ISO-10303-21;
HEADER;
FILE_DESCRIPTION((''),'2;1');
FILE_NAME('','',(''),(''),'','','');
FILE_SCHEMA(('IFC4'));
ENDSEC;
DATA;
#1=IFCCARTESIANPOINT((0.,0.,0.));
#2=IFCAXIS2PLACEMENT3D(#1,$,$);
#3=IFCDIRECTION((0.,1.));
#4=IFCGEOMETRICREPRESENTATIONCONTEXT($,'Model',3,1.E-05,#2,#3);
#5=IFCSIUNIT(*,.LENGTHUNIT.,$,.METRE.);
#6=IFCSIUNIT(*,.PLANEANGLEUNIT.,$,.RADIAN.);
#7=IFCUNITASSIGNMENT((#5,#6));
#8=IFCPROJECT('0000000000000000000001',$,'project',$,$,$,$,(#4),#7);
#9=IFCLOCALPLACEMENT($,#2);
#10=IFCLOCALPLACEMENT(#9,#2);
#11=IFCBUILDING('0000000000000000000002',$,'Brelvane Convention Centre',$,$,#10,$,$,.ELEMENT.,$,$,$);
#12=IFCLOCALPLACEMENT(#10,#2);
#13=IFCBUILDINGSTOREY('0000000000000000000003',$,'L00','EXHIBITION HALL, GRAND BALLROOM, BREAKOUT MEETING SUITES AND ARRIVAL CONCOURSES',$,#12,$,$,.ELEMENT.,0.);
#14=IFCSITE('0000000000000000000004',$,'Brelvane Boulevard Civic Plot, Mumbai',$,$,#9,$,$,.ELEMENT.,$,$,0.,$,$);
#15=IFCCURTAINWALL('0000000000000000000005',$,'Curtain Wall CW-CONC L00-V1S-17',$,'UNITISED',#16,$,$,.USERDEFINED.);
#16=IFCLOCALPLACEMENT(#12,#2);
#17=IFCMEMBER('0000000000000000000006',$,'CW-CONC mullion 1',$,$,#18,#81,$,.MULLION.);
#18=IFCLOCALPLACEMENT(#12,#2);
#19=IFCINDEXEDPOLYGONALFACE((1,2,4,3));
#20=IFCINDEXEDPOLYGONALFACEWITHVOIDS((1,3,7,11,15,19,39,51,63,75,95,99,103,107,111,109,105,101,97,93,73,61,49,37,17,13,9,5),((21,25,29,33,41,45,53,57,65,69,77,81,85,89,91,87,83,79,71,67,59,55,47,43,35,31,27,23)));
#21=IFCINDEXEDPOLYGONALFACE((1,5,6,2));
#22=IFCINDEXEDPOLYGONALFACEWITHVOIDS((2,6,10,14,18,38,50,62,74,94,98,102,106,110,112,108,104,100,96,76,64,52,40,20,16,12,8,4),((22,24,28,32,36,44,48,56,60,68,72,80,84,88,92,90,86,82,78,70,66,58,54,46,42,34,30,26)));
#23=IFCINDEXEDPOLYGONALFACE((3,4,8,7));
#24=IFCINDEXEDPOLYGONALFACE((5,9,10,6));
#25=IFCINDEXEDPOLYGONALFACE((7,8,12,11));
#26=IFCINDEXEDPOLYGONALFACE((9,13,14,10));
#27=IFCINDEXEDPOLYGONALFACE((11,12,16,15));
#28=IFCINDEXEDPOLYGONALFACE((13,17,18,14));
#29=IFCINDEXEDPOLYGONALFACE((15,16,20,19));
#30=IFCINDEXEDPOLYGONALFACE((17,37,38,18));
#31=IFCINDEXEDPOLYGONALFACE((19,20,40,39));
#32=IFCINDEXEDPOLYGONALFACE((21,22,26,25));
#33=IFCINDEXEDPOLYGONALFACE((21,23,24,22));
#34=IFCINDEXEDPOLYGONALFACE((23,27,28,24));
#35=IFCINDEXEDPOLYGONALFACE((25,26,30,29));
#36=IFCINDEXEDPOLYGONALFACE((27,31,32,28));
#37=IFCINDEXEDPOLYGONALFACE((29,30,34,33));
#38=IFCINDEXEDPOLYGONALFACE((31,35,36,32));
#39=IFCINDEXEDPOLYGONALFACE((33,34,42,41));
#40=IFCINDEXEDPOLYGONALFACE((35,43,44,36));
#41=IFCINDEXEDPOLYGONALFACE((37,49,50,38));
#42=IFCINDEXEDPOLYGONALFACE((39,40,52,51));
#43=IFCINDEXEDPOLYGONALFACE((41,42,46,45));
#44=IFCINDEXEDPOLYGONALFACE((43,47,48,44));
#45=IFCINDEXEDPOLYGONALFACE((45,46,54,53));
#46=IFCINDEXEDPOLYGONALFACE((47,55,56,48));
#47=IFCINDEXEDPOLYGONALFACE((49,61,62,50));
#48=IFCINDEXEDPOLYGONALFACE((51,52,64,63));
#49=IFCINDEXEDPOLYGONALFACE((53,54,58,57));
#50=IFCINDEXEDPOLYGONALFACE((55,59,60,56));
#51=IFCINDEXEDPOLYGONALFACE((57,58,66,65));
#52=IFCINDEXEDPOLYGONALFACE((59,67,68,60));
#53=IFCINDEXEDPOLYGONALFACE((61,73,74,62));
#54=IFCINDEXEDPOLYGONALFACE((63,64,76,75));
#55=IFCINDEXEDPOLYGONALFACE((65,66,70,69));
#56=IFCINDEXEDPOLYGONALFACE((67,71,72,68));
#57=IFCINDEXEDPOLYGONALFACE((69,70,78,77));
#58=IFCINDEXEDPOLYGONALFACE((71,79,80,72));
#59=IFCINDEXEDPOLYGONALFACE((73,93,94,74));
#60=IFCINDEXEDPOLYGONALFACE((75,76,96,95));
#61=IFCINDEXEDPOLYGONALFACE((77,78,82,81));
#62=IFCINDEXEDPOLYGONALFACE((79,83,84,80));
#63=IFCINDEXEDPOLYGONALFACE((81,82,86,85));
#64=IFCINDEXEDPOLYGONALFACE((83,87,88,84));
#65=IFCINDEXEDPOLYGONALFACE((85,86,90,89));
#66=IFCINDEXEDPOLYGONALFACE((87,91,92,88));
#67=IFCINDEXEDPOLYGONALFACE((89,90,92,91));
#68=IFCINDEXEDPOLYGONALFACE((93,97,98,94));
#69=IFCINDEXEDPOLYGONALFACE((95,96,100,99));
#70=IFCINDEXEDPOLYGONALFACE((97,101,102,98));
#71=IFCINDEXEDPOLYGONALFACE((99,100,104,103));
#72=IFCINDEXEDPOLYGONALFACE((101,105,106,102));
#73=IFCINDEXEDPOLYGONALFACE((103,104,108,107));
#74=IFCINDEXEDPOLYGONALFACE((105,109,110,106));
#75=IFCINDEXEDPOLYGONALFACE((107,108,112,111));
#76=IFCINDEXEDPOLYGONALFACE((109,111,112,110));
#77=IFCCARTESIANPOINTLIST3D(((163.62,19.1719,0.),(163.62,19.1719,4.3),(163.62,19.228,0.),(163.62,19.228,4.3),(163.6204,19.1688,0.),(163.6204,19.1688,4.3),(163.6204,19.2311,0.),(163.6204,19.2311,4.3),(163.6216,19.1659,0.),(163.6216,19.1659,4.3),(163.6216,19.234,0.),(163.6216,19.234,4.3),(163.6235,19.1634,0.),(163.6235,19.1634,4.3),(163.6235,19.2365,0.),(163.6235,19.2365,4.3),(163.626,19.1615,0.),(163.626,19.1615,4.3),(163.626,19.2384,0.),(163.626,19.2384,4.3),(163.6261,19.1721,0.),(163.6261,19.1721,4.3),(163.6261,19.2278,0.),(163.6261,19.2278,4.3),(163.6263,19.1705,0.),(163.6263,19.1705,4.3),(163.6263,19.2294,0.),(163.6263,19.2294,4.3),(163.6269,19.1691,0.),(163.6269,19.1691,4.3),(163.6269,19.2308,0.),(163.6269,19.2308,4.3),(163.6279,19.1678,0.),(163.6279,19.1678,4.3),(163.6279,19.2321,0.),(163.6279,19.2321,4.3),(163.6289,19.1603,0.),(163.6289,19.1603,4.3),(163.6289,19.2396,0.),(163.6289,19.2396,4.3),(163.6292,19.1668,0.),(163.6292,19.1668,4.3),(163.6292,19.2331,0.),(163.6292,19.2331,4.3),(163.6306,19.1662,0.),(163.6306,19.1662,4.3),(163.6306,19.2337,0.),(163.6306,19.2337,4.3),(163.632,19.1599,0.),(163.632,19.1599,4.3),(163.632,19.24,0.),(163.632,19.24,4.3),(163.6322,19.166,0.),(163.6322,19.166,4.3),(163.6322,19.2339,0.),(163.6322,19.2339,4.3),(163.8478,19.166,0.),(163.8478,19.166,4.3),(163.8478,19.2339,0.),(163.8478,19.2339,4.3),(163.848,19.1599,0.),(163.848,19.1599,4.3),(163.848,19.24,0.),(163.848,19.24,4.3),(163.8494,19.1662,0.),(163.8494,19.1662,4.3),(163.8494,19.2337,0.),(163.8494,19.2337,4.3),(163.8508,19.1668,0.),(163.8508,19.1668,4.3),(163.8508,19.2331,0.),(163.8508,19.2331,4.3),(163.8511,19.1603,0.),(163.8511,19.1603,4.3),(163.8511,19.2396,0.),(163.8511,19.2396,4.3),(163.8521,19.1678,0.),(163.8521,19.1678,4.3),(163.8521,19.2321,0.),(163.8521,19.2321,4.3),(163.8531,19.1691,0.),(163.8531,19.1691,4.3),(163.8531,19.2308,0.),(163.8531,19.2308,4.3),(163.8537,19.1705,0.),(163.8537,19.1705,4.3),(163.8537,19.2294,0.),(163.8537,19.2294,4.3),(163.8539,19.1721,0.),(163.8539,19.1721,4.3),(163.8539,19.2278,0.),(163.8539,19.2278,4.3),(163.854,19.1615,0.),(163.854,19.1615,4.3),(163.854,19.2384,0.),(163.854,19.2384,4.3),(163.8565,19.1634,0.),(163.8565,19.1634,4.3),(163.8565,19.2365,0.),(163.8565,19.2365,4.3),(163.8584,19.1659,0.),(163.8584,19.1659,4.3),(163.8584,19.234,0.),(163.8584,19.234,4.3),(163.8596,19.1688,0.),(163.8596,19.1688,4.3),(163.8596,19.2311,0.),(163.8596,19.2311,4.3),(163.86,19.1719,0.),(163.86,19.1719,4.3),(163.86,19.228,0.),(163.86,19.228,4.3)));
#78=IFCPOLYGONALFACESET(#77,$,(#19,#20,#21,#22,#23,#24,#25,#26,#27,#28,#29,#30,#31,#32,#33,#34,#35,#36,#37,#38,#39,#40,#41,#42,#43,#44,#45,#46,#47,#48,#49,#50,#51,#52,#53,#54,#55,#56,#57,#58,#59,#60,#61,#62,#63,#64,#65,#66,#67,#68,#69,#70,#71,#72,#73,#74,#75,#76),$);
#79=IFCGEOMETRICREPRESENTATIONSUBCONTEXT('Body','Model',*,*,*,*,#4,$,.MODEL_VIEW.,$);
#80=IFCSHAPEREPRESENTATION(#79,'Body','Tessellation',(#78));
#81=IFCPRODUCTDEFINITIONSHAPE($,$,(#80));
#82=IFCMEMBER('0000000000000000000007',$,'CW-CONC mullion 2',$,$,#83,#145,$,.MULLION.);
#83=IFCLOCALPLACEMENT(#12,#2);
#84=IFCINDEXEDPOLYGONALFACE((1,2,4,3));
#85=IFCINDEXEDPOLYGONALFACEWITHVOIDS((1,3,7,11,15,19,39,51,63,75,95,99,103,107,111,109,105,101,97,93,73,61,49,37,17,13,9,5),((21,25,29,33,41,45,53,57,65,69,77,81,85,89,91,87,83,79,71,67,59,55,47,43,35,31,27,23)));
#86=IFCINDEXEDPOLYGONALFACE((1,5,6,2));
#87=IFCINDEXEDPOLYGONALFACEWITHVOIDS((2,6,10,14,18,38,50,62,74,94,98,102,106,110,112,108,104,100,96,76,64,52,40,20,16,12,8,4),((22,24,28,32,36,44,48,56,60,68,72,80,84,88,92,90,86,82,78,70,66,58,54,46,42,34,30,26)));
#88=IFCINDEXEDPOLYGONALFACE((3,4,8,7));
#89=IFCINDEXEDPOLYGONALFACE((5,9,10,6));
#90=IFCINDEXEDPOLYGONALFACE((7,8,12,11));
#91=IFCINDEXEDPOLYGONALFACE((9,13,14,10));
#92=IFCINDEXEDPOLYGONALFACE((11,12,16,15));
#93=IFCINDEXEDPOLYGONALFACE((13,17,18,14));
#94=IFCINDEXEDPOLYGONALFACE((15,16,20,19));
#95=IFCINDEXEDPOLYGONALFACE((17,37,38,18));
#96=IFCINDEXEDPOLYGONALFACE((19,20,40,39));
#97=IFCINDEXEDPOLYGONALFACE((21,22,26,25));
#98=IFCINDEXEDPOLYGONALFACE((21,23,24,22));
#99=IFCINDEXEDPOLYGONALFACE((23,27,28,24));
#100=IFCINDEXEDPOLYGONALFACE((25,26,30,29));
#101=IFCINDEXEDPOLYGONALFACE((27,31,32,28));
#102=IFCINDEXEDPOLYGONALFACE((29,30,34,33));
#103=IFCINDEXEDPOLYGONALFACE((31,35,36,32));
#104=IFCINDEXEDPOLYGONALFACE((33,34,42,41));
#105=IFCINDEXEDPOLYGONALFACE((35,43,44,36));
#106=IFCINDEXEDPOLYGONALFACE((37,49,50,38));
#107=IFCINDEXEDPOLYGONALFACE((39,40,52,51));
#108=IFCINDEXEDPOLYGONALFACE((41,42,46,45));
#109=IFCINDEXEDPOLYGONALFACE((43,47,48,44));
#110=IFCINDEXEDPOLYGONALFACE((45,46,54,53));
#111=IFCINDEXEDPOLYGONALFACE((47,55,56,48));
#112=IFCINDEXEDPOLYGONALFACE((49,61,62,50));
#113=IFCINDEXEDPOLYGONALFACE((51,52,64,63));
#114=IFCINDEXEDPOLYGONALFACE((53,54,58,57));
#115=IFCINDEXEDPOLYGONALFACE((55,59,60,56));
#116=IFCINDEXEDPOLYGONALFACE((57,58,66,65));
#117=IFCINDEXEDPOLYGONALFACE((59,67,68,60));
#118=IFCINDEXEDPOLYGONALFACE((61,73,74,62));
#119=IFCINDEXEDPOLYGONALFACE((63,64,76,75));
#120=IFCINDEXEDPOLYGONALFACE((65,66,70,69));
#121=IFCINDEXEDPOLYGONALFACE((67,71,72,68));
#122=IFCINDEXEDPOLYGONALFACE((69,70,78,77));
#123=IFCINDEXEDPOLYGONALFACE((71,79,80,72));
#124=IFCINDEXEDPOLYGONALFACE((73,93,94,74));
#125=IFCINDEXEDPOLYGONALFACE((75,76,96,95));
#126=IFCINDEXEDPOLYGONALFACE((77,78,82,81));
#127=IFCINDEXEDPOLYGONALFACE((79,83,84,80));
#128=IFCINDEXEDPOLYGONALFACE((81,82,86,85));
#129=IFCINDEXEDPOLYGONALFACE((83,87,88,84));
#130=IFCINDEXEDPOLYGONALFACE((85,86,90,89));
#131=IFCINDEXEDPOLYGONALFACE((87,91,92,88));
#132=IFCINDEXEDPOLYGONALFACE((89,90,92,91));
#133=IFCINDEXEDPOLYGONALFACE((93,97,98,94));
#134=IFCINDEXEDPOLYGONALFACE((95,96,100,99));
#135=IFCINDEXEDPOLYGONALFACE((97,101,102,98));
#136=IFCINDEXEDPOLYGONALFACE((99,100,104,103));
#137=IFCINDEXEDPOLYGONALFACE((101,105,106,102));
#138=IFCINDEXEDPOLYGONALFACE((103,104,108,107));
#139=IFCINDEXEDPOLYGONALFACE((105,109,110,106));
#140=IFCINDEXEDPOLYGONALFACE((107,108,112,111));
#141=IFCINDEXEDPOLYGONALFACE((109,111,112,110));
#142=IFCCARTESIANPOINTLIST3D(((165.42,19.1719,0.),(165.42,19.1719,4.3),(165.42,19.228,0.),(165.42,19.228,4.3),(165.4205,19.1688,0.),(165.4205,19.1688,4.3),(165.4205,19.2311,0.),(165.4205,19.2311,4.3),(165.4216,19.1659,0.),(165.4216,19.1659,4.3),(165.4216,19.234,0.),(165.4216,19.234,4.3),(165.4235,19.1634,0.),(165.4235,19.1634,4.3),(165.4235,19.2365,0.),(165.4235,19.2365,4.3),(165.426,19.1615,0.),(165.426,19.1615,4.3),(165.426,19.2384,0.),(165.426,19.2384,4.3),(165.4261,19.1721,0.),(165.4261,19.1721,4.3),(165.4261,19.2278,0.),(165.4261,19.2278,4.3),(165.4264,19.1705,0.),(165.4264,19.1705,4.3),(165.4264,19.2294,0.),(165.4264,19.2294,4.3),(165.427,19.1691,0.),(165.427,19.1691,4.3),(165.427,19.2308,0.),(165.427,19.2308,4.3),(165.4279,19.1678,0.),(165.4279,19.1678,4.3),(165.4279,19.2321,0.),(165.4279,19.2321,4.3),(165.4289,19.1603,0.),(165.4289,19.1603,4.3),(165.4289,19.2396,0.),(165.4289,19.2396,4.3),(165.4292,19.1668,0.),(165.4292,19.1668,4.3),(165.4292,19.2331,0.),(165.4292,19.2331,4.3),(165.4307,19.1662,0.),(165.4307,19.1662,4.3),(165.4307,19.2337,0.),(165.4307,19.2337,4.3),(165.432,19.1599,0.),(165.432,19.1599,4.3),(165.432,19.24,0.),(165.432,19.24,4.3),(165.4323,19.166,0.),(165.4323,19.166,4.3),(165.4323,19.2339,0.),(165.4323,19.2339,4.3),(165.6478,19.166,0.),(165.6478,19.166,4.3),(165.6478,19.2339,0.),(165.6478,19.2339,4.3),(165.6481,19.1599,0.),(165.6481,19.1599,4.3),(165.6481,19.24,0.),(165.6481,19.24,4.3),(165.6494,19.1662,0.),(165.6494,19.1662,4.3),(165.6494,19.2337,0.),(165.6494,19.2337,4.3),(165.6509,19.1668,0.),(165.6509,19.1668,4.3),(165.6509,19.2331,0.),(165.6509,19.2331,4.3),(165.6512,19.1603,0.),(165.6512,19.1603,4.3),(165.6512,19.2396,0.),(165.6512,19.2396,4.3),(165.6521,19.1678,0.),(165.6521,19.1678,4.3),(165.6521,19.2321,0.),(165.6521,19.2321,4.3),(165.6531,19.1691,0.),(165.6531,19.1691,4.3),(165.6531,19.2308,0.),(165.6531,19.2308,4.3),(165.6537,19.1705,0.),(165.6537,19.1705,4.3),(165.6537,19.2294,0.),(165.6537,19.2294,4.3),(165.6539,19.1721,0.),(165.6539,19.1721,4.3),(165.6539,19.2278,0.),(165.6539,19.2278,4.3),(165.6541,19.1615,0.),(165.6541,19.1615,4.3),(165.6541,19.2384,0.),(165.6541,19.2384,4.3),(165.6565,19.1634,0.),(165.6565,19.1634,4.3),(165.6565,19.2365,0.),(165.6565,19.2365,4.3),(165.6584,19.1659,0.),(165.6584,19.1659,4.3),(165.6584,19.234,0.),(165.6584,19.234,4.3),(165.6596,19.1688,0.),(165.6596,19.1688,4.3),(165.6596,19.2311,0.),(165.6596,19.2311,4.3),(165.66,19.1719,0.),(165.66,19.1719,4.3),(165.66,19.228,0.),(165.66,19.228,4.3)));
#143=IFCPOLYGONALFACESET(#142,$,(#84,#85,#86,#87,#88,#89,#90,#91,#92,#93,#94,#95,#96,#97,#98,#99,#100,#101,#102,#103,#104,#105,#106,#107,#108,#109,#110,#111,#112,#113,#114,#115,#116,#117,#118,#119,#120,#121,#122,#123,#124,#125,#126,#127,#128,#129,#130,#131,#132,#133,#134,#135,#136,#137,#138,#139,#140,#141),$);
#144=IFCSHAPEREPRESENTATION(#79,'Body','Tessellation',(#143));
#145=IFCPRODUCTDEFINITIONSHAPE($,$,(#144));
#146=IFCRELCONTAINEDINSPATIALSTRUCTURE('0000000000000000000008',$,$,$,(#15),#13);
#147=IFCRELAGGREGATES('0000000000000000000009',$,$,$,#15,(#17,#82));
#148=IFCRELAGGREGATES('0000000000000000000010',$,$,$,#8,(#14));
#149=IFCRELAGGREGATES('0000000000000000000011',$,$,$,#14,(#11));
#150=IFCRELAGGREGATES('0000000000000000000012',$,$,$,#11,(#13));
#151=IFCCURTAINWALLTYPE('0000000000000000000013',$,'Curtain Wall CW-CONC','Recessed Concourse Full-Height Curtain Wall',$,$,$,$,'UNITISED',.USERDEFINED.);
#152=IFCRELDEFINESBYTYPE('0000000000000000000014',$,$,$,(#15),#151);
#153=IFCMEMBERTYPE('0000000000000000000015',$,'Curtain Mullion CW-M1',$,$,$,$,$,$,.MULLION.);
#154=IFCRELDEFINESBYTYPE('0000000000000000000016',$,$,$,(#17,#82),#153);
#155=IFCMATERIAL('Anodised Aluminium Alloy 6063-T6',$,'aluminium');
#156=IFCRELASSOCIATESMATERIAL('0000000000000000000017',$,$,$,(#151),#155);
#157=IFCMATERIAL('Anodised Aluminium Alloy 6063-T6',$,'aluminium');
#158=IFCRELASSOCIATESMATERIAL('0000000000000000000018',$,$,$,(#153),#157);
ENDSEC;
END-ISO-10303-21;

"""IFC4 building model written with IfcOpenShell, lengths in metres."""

from ifc_helpers import new_model, si_unit, direction, frame, origin, origin_2d, place, context, subcontext, project, spatial, hollow_rectangle, extrude, material, material_profile, profile_set, type_object, element, aggregate, save


model = new_model("IFC4")

# Units and contexts
model_context = context("Model", 3, precision=1e-05, world=origin(), true_north=direction((0.0, 1.0)))
body_context = subcontext(model_context, "Body", "Model", "MODEL_VIEW")
ifc_project = project(units=[si_unit("LENGTHUNIT", "METRE"), si_unit("PLANEANGLEUNIT", "RADIAN")], contexts=[model_context])

# Site, building, storey
site_placement = place(None, origin())
site = spatial("IfcSite", under=ifc_project, at=site_placement, Name="Brelvane Boulevard Civic Plot, Mumbai", CompositionType="ELEMENT", RefElevation=0.0)
building_placement = place(site_placement, origin())
building = spatial("IfcBuilding", under=site, at=building_placement, Name="Brelvane Convention Centre", CompositionType="ELEMENT")
storey_placement = place(building_placement, origin())
storey = spatial("IfcBuildingStorey", under=building, at=storey_placement, Name="L00", Description="EXHIBITION HALL, GRAND BALLROOM, BREAKOUT MEETING SUITES AND ARRIVAL CONCOURSES", CompositionType="ELEMENT", Elevation=0.0)

# Curtain wall, members
ifc_material_1 = material(Name="Anodised Aluminium Alloy 6063-T6", Category="aluminium")
curtain_wall_type = type_object("IfcCurtainWallType", Name="Curtain Wall CW-CONC", Description="Recessed Concourse Full-Height Curtain Wall", ElementType="UNITISED", PredefinedType="USERDEFINED", material=ifc_material_1)
curtain_wall_placement = place(storey_placement, origin())
curtain_wall = element("IfcCurtainWall", 1, at=curtain_wall_placement, inside=storey, type_object=curtain_wall_type, Name="Curtain Wall CW-CONC L00-V1S-17", ObjectType="UNITISED", PredefinedType="USERDEFINED")
ifc_material_2 = material(Name="Anodised Aluminium Alloy 6063-T6", Category="aluminium")
ifc_material_profile_1 = material_profile(ifc_material_2, hollow_rectangle(XDim=0.0801, YDim=0.24, WallThickness=0.0061, InnerFilletRadius=0.0061, OuterFilletRadius=0.012, at=origin_2d()), Name="ALU-M 240x80x6.0")
ifc_profile_set_1 = profile_set([ifc_material_profile_1], Name="Anodised Aluminium Alloy 6063-T6")
member_type_1 = type_object("IfcMemberType", Name="Curtain Mullion CW-M1", PredefinedType="MULLION", material=ifc_profile_set_1)
member_1_placement = place(storey_placement, frame((163.74, 19.2, 0.0), z_axis=(0.0, 0.0, 1.0), x_axis=(0.0, 1.0, 0.0)))
member_1 = element("IfcMember", 2, at=member_1_placement, type_object=member_type_1, Name="CW-CONC mullion 1", PredefinedType="MULLION", context=body_context, shape_type="SweptSolid", body=[
    extrude(hollow_rectangle(XDim=0.0801, YDim=0.24, WallThickness=0.0061, InnerFilletRadius=0.0061, OuterFilletRadius=0.012, at=origin_2d()), origin(), (0.0, 0.0, 1.0), 4.3),
])
member_2_placement = place(storey_placement, frame((165.54, 19.2, 0.0), z_axis=(0.0, 0.0, 1.0), x_axis=(0.0, 1.0, 0.0)))
member_2 = element("IfcMember", 3, at=member_2_placement, type_object=member_type_1, Name="CW-CONC mullion 2", PredefinedType="MULLION", context=body_context, shape_type="SweptSolid", body=[
    extrude(hollow_rectangle(XDim=0.0801, YDim=0.24, WallThickness=0.0061, InnerFilletRadius=0.0061, OuterFilletRadius=0.012, at=origin_2d()), origin(), (0.0, 0.0, 1.0), 4.3),
])

aggregate(curtain_wall, [member_1, member_2])

save(model, "model.ifc")
